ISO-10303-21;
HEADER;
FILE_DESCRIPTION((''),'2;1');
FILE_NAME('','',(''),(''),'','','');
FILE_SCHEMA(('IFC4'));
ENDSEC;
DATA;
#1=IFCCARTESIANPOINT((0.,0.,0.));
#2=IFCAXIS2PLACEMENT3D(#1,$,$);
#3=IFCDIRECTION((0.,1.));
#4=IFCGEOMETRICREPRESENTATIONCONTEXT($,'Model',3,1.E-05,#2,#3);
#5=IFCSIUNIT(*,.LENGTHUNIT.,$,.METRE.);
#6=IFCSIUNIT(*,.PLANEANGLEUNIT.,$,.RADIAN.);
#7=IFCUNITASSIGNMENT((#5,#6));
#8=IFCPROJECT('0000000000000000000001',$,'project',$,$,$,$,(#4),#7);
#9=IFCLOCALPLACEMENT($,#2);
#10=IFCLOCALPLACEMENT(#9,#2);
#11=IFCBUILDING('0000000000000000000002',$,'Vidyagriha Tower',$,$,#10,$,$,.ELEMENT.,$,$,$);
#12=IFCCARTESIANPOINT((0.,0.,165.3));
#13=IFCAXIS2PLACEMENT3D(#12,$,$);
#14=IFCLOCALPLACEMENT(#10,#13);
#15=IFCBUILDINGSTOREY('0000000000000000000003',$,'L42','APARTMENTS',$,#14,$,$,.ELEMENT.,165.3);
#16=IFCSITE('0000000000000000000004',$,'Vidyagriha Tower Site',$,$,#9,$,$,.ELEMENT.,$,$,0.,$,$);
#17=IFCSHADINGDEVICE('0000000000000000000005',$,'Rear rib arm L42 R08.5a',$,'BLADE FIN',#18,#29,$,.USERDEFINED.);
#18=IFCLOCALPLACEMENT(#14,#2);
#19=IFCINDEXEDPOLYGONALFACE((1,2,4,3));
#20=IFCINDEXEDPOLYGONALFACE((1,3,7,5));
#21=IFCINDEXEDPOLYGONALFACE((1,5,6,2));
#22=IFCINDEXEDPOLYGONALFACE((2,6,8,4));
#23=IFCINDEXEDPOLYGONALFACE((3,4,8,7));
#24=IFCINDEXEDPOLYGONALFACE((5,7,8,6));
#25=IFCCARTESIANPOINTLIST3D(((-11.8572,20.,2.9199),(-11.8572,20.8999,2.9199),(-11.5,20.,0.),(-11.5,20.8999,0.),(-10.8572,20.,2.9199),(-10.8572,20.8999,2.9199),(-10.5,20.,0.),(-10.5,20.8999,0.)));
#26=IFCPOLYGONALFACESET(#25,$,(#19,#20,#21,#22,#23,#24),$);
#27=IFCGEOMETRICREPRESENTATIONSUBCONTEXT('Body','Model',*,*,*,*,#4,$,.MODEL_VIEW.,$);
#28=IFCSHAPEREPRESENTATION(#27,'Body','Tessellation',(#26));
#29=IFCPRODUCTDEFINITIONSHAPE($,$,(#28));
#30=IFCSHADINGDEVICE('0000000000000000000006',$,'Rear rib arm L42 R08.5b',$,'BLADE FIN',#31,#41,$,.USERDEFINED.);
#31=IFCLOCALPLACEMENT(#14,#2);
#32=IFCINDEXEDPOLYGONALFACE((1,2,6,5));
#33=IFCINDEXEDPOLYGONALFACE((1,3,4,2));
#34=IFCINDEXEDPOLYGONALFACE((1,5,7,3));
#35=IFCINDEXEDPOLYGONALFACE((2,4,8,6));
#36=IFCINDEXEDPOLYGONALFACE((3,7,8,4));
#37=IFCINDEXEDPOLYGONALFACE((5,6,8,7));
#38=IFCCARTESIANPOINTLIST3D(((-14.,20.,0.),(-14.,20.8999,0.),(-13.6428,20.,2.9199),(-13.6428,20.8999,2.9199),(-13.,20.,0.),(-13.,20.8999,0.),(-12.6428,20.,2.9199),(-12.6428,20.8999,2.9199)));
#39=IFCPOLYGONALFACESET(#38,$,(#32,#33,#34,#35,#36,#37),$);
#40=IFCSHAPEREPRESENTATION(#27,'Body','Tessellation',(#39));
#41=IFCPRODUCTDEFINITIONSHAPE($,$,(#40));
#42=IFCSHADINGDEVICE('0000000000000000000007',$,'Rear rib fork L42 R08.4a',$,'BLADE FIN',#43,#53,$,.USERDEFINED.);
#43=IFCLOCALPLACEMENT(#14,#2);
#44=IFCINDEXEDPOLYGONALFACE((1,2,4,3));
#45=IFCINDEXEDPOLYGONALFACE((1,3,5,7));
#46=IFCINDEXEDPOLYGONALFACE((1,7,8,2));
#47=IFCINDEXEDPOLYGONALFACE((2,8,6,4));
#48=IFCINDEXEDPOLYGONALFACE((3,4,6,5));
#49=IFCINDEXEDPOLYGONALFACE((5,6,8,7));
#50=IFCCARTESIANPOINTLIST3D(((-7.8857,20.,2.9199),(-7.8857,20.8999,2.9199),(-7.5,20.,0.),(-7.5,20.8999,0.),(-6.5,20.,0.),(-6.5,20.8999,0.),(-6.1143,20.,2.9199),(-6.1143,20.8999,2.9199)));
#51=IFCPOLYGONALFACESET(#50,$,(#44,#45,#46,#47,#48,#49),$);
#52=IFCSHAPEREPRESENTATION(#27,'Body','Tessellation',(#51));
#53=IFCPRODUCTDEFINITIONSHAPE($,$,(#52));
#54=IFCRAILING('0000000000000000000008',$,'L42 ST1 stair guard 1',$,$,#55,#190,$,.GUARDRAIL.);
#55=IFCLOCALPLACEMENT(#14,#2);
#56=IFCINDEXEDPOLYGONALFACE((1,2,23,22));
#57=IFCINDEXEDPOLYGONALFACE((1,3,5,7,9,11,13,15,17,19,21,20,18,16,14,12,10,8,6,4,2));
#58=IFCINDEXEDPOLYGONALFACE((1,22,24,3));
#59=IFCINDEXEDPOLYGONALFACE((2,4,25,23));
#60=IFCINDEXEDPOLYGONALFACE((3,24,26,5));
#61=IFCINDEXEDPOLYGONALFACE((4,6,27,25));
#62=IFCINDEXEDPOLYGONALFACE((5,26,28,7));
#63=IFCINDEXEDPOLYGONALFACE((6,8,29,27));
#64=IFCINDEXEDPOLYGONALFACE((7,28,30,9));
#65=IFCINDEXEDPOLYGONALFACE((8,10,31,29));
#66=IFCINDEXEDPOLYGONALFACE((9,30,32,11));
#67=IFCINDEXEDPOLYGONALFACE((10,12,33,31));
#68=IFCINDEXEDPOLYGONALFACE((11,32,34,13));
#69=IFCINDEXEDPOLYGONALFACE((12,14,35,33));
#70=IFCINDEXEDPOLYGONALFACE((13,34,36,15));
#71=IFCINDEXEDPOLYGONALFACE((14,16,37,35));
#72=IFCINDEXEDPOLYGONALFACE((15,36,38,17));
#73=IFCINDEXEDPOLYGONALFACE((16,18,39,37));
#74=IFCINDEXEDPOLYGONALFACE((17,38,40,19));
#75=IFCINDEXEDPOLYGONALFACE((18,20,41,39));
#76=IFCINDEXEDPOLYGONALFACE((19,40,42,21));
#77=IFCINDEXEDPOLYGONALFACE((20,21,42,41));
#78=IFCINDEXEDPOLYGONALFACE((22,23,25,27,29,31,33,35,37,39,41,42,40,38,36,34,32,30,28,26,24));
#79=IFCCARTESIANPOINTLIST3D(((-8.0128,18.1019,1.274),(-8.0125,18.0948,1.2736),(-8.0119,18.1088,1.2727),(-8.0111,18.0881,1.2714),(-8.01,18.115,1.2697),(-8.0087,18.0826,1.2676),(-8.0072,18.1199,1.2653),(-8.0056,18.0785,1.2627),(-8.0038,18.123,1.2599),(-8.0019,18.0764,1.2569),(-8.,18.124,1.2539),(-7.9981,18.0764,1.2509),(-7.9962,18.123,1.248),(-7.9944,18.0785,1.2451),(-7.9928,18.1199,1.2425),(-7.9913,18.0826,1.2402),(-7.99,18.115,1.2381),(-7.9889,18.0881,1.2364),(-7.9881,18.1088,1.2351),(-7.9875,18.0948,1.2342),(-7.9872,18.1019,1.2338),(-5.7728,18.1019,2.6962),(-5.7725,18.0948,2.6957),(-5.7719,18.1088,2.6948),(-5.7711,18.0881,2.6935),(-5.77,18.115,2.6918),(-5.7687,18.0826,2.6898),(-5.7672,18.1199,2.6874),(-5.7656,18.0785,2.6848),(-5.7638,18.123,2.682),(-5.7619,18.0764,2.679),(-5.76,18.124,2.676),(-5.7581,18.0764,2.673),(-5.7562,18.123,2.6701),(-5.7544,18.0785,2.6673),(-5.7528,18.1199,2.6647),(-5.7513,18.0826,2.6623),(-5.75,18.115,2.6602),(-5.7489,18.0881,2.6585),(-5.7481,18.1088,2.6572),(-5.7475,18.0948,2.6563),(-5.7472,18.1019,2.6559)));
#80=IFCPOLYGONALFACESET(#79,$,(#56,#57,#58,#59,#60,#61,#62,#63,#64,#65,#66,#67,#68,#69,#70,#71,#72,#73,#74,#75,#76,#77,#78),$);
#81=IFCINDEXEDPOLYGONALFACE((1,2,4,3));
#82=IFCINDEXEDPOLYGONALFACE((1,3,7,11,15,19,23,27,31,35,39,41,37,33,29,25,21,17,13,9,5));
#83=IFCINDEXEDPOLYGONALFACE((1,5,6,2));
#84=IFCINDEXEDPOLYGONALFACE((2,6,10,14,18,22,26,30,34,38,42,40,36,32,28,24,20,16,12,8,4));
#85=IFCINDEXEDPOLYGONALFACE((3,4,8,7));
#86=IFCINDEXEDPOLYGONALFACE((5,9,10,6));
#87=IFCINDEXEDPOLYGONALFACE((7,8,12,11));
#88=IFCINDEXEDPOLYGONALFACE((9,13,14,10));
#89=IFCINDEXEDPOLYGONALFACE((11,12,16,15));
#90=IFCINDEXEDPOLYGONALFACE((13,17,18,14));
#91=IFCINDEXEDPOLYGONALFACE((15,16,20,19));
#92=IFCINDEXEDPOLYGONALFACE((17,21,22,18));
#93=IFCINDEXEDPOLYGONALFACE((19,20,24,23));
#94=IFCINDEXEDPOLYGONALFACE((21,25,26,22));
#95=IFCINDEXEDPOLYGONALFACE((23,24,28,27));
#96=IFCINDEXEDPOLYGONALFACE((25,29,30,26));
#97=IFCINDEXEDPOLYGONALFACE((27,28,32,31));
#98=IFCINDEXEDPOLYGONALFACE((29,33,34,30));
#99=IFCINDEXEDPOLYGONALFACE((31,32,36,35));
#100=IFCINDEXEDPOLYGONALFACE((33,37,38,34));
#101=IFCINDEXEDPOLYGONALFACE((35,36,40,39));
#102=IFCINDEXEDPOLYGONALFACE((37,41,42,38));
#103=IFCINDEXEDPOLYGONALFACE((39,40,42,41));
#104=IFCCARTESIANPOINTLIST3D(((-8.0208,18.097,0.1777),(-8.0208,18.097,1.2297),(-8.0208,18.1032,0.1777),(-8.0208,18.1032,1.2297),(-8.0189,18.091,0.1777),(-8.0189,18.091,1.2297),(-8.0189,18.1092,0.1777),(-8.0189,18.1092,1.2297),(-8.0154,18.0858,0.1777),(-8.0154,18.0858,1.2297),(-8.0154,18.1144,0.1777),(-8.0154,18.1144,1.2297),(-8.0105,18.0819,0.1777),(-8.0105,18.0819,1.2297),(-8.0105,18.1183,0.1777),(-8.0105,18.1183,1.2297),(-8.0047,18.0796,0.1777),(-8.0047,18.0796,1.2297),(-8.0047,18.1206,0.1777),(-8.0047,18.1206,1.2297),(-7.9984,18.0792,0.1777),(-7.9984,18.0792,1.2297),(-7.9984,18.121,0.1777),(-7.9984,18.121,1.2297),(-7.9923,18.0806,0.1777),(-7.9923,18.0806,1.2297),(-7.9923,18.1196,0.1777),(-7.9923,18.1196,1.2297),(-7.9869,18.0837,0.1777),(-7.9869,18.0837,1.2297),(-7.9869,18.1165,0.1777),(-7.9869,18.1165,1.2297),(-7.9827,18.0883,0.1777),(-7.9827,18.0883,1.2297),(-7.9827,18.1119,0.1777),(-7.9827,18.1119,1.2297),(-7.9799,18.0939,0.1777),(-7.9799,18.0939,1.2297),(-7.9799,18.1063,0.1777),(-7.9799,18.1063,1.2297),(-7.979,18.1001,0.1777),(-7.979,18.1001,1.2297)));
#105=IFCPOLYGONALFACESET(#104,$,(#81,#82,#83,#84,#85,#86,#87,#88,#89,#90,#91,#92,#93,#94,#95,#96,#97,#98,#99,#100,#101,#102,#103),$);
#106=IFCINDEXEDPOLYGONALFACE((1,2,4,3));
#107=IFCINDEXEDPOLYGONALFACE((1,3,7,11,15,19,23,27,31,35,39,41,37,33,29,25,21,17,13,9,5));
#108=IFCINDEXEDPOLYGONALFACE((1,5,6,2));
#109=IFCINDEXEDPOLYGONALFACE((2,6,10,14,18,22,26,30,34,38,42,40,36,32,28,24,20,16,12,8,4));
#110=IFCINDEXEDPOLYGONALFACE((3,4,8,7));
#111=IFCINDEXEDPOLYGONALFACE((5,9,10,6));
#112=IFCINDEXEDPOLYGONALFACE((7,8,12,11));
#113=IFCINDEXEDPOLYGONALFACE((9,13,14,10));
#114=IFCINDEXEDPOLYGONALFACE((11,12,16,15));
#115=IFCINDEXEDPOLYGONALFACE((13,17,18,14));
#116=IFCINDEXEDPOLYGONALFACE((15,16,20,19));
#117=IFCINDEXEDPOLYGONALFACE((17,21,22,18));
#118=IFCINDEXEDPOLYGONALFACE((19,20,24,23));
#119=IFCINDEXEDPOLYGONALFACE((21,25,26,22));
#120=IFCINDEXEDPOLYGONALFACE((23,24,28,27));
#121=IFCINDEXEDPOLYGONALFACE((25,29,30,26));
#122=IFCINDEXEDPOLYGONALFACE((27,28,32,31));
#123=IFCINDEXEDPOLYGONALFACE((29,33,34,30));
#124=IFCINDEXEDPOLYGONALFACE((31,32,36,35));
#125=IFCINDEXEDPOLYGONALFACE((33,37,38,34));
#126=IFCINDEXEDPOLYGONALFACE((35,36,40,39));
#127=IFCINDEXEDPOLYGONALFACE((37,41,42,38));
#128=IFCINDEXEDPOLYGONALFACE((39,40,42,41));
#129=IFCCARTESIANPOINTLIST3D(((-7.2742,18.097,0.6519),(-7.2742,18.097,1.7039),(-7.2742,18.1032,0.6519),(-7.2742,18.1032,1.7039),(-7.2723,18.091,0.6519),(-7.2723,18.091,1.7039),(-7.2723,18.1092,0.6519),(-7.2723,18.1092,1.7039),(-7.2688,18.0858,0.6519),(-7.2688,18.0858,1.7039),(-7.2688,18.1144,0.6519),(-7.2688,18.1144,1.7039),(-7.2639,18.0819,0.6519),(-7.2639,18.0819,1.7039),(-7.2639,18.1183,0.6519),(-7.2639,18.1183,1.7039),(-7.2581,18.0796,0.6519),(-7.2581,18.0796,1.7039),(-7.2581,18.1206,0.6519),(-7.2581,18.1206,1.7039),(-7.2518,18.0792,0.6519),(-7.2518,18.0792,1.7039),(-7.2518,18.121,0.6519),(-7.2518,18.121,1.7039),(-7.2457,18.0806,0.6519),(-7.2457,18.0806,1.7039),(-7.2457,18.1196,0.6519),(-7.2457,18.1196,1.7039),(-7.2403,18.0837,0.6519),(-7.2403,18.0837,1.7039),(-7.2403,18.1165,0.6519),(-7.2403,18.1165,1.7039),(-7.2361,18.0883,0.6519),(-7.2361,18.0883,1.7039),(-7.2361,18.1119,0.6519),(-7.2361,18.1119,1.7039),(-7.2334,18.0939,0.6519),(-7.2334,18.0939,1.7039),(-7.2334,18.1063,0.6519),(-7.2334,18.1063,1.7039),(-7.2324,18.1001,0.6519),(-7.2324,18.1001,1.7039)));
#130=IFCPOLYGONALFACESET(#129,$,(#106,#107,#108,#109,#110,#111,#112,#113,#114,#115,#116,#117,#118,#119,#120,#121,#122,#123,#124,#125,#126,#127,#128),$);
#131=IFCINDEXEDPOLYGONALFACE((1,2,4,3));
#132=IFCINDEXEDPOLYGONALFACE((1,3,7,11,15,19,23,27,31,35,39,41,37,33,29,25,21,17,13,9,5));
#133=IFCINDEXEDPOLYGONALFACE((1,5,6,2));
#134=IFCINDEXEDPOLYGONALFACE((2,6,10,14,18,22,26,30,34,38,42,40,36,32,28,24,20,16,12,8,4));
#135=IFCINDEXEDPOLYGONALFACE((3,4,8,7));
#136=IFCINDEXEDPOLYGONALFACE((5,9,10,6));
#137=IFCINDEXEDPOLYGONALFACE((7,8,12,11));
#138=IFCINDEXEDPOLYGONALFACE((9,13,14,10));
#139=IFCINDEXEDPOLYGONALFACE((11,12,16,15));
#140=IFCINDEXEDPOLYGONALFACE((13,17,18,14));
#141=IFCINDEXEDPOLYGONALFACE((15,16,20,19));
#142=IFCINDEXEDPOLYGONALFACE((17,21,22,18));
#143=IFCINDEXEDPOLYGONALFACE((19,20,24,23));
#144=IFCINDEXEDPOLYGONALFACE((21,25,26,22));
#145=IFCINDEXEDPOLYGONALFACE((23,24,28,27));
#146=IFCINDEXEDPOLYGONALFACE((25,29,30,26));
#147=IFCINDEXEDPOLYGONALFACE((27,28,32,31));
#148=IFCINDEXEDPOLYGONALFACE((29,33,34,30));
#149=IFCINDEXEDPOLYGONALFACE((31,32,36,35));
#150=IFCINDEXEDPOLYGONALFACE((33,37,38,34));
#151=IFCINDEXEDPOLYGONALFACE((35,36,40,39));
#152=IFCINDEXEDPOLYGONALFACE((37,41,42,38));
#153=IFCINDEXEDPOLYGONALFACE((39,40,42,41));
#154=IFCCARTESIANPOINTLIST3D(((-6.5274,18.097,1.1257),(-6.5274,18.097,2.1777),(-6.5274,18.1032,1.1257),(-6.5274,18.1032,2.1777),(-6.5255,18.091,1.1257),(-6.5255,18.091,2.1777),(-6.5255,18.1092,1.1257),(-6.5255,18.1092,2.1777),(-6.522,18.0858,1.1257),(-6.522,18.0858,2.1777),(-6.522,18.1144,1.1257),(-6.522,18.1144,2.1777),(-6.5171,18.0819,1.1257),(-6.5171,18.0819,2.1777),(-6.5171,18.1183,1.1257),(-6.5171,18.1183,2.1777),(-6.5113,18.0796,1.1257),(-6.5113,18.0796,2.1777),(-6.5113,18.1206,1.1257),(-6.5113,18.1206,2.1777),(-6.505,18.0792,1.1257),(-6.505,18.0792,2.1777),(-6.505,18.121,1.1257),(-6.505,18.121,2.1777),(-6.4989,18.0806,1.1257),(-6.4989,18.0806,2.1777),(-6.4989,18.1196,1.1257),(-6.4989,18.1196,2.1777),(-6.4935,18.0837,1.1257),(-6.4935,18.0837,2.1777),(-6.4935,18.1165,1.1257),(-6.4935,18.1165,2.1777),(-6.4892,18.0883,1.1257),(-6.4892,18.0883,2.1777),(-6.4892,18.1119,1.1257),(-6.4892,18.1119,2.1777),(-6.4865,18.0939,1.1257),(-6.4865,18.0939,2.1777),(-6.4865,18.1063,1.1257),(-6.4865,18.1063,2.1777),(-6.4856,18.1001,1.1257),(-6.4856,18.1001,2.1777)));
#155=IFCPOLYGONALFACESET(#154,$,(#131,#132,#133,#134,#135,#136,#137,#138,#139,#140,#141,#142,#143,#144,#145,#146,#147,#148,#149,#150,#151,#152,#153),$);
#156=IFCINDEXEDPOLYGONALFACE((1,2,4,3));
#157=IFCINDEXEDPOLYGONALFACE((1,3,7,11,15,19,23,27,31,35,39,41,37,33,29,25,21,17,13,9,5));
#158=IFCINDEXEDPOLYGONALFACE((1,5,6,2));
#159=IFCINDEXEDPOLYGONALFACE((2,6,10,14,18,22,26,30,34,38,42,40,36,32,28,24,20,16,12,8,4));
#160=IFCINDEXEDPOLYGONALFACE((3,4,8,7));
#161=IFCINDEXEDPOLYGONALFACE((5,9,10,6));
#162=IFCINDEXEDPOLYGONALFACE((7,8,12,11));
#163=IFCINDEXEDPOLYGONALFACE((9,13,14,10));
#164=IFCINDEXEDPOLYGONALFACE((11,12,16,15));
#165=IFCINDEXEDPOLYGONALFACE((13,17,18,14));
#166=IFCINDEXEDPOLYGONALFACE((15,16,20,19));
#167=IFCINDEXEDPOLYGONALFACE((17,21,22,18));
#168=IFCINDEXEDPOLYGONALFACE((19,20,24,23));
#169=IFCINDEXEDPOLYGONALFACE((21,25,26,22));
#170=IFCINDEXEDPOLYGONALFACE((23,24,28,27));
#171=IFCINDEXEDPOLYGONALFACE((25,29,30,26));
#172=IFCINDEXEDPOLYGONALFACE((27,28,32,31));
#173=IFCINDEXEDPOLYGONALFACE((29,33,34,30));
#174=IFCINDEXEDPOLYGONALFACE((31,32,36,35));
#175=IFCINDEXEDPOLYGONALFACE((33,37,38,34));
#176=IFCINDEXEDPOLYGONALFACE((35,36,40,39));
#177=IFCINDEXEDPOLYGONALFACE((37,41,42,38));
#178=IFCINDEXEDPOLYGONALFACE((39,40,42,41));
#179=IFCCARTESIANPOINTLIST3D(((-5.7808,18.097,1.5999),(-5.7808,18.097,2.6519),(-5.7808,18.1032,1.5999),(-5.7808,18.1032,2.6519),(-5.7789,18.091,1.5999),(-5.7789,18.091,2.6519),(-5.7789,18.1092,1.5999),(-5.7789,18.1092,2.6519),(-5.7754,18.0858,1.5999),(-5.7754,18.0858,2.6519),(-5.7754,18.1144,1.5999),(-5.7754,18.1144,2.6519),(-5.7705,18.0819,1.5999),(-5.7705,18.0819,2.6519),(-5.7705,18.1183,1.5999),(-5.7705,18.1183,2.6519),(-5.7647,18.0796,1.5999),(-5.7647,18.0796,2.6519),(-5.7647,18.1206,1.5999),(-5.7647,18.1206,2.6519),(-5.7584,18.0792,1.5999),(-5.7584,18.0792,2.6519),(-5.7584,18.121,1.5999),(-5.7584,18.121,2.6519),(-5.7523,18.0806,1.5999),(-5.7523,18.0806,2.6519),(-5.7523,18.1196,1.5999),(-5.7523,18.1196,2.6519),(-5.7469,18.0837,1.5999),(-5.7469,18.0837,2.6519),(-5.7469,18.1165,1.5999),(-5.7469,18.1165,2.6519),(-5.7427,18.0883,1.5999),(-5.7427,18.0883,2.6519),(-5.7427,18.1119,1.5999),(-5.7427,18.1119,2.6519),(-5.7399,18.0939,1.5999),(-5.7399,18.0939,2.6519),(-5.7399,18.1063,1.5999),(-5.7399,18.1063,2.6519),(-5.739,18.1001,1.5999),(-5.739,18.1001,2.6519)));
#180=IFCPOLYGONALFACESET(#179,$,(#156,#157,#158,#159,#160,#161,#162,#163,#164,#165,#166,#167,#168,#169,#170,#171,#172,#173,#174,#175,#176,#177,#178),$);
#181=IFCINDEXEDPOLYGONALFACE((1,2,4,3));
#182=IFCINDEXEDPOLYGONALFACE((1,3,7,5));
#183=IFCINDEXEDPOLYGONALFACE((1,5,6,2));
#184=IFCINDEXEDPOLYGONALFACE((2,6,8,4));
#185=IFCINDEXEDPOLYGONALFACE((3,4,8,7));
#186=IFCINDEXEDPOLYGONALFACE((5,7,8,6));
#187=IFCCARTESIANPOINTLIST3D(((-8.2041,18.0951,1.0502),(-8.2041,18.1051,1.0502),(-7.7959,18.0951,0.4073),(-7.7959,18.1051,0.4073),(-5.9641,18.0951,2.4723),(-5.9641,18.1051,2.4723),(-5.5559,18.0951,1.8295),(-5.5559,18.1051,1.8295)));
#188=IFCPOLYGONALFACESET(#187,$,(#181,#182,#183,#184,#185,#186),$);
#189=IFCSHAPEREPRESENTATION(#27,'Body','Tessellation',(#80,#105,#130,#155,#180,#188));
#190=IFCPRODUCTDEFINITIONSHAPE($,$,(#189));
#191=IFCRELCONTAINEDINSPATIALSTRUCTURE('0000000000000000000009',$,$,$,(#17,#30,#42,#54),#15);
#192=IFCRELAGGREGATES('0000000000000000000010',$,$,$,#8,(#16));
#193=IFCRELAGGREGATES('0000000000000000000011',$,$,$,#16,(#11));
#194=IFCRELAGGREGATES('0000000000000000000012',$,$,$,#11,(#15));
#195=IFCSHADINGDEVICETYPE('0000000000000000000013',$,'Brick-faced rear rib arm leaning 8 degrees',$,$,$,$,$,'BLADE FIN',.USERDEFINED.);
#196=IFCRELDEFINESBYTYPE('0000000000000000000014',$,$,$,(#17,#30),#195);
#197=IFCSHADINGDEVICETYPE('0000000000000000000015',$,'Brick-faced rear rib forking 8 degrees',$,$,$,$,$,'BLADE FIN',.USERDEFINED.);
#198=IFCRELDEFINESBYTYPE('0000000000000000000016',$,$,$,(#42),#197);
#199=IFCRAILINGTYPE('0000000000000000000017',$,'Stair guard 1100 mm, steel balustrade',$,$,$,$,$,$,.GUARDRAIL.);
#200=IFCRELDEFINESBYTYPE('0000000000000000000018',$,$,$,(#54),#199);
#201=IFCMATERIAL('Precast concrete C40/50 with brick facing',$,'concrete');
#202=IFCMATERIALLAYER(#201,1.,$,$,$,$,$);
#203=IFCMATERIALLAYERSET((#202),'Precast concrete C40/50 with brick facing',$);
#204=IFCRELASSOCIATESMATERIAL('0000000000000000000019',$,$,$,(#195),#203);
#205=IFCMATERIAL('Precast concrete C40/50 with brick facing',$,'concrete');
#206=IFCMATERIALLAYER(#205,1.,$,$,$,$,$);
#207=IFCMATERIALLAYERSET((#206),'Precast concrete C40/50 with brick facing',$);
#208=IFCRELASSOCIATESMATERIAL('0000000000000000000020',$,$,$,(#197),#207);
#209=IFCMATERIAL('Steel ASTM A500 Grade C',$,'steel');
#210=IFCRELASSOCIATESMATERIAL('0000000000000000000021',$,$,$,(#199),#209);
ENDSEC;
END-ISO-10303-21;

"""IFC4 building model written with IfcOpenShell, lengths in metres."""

from ifc_helpers import new_model, si_unit, direction, frame, origin, origin_2d, place, context, subcontext, project, spatial, polyline, rectangle, circle, outline, extrude, material, layer, layer_set, type_object, element, save


model = new_model("IFC4")

# Units and contexts
model_context = context("Model", 3, precision=1e-05, world=origin(), true_north=direction((0.0, 1.0)))
body_context = subcontext(model_context, "Body", "Model", "MODEL_VIEW")
ifc_project = project(units=[si_unit("LENGTHUNIT", "METRE"), si_unit("PLANEANGLEUNIT", "RADIAN")], contexts=[model_context])

# Site, building, storey
site_placement = place(None, origin())
site = spatial("IfcSite", under=ifc_project, at=site_placement, Name="Vidyagriha Tower Site", CompositionType="ELEMENT", RefElevation=0.0)
building_placement = place(site_placement, origin())
building = spatial("IfcBuilding", under=site, at=building_placement, Name="Vidyagriha Tower", CompositionType="ELEMENT")
storey_placement = place(building_placement, frame((0.0, 0.0, 165.3)))
storey = spatial("IfcBuildingStorey", under=building, at=storey_placement, Name="L42", Description="APARTMENTS", CompositionType="ELEMENT", Elevation=165.3)

# Shading devices
ifc_material_1 = material(Name="Precast concrete C40/50 with brick facing", Category="concrete")
ifc_layer_1 = layer(ifc_material_1, 1.0)
ifc_layer_set_1 = layer_set([ifc_layer_1], Name="Precast concrete C40/50 with brick facing")
shading_device_type_1 = type_object("IfcShadingDeviceType", Name="Brick-faced rear rib arm leaning 8 degrees", ElementType="BLADE FIN", PredefinedType="USERDEFINED", material=ifc_layer_set_1)
shading_device_1_placement = place(storey_placement, frame((-10.5, 20.45, 0.0), z_axis=(0.0, 0.0, 1.0), x_axis=(-1.0, 0.0, 0.0)))
element("IfcShadingDevice", 1, at=shading_device_1_placement, inside=storey, type_object=shading_device_type_1, Name="Rear rib arm L42 R08.5a", ObjectType="BLADE FIN", PredefinedType="USERDEFINED", context=body_context, shape_type="SweptSolid", body=[
    extrude(outline(polyline([(0.0, 0.0), (1.0, 0.0), (1.3572, 2.9199), (0.3572, 2.9199), (0.0, 0.0)])), frame((0.0, 0.45, 0.0), z_axis=(0.0, -1.0, 0.0), x_axis=(1.0, 0.0, 0.0)), (0.0, 0.0, 1.0), 0.8999),
])
shading_device_2_placement = place(storey_placement, frame((-12.6428, 20.45, 0.0), z_axis=(0.0, 0.0, 1.0), x_axis=(-1.0, 0.0, 0.0)))
element("IfcShadingDevice", 2, at=shading_device_2_placement, inside=storey, type_object=shading_device_type_1, Name="Rear rib arm L42 R08.5b", ObjectType="BLADE FIN", PredefinedType="USERDEFINED", context=body_context, shape_type="SweptSolid", body=[
    extrude(outline(polyline([(0.3572, 0.0), (1.3572, 0.0), (1.0, 2.9199), (0.0, 2.9199), (0.3572, 0.0)])), frame((0.0, 0.45, 0.0), z_axis=(0.0, -1.0, 0.0), x_axis=(1.0, 0.0, 0.0)), (0.0, 0.0, 1.0), 0.8999),
])
ifc_material_2 = material(Name="Precast concrete C40/50 with brick facing", Category="concrete")
ifc_layer_2 = layer(ifc_material_2, 1.0)
ifc_layer_set_2 = layer_set([ifc_layer_2], Name="Precast concrete C40/50 with brick facing")
shading_device_type_2 = type_object("IfcShadingDeviceType", Name="Brick-faced rear rib forking 8 degrees", ElementType="BLADE FIN", PredefinedType="USERDEFINED", material=ifc_layer_set_2)
shading_device_3_placement = place(storey_placement, frame((-6.1143, 20.45, 0.0), z_axis=(0.0, 0.0, 1.0), x_axis=(-1.0, 0.0, 0.0)))
element("IfcShadingDevice", 3, at=shading_device_3_placement, inside=storey, type_object=shading_device_type_2, Name="Rear rib fork L42 R08.4a", ObjectType="BLADE FIN", PredefinedType="USERDEFINED", context=body_context, shape_type="SweptSolid", body=[
    extrude(outline(polyline([(0.3857, 0.0), (1.3857, 0.0), (1.7715, 2.9199), (0.0, 2.9199), (0.3857, 0.0)])), frame((0.0, 0.45, 0.0), z_axis=(0.0, -1.0, 0.0), x_axis=(1.0, 0.0, 0.0)), (0.0, 0.0, 1.0), 0.8999),
])

# Railing
ifc_material_3 = material(Name="Steel ASTM A500 Grade C", Category="steel")
railing_type_1 = type_object("IfcRailingType", Name="Stair guard 1100 mm, steel balustrade", PredefinedType="GUARDRAIL", material=ifc_material_3)
railing_1_placement = place(storey_placement, frame((-8.0, 18.1001, 0.1777)))
element("IfcRailing", 4, at=railing_1_placement, inside=storey, type_object=railing_type_1, Name="L42 ST1 stair guard 1", PredefinedType="GUARDRAIL", context=body_context, shape_type="SweptSolid", body=[
    extrude(circle(Radius=0.0239, at=origin_2d()), frame((0.0, 0.0, 1.0762), z_axis=(0.844229, 0.0, 0.535982), x_axis=(0.0, 1.0, 0.0)), (0.0, 0.0, 1.0), 2.6533),
    extrude(circle(Radius=0.021, at=origin_2d()), origin(), (0.0, 0.0, 1.0), 1.052),
    extrude(circle(Radius=0.021, at=origin_2d()), frame((0.7466, 0.0, 0.4741)), (0.0, 0.0, 1.0), 1.052),
    extrude(circle(Radius=0.021, at=origin_2d()), frame((1.4934, 0.0, 0.948)), (0.0, 0.0, 1.0), 1.052),
    extrude(circle(Radius=0.021, at=origin_2d()), frame((2.24, 0.0, 1.4221)), (0.0, 0.0, 1.0), 1.052),
    extrude(rectangle(XDim=0.01, YDim=0.7615, at=origin_2d()), frame((0.0, 0.0, 0.551), z_axis=(0.844229, 0.0, 0.535982), x_axis=(0.0, 1.0, 0.0)), (0.0, 0.0, 1.0), 2.6533),
])

save(model, "model.ifc")
